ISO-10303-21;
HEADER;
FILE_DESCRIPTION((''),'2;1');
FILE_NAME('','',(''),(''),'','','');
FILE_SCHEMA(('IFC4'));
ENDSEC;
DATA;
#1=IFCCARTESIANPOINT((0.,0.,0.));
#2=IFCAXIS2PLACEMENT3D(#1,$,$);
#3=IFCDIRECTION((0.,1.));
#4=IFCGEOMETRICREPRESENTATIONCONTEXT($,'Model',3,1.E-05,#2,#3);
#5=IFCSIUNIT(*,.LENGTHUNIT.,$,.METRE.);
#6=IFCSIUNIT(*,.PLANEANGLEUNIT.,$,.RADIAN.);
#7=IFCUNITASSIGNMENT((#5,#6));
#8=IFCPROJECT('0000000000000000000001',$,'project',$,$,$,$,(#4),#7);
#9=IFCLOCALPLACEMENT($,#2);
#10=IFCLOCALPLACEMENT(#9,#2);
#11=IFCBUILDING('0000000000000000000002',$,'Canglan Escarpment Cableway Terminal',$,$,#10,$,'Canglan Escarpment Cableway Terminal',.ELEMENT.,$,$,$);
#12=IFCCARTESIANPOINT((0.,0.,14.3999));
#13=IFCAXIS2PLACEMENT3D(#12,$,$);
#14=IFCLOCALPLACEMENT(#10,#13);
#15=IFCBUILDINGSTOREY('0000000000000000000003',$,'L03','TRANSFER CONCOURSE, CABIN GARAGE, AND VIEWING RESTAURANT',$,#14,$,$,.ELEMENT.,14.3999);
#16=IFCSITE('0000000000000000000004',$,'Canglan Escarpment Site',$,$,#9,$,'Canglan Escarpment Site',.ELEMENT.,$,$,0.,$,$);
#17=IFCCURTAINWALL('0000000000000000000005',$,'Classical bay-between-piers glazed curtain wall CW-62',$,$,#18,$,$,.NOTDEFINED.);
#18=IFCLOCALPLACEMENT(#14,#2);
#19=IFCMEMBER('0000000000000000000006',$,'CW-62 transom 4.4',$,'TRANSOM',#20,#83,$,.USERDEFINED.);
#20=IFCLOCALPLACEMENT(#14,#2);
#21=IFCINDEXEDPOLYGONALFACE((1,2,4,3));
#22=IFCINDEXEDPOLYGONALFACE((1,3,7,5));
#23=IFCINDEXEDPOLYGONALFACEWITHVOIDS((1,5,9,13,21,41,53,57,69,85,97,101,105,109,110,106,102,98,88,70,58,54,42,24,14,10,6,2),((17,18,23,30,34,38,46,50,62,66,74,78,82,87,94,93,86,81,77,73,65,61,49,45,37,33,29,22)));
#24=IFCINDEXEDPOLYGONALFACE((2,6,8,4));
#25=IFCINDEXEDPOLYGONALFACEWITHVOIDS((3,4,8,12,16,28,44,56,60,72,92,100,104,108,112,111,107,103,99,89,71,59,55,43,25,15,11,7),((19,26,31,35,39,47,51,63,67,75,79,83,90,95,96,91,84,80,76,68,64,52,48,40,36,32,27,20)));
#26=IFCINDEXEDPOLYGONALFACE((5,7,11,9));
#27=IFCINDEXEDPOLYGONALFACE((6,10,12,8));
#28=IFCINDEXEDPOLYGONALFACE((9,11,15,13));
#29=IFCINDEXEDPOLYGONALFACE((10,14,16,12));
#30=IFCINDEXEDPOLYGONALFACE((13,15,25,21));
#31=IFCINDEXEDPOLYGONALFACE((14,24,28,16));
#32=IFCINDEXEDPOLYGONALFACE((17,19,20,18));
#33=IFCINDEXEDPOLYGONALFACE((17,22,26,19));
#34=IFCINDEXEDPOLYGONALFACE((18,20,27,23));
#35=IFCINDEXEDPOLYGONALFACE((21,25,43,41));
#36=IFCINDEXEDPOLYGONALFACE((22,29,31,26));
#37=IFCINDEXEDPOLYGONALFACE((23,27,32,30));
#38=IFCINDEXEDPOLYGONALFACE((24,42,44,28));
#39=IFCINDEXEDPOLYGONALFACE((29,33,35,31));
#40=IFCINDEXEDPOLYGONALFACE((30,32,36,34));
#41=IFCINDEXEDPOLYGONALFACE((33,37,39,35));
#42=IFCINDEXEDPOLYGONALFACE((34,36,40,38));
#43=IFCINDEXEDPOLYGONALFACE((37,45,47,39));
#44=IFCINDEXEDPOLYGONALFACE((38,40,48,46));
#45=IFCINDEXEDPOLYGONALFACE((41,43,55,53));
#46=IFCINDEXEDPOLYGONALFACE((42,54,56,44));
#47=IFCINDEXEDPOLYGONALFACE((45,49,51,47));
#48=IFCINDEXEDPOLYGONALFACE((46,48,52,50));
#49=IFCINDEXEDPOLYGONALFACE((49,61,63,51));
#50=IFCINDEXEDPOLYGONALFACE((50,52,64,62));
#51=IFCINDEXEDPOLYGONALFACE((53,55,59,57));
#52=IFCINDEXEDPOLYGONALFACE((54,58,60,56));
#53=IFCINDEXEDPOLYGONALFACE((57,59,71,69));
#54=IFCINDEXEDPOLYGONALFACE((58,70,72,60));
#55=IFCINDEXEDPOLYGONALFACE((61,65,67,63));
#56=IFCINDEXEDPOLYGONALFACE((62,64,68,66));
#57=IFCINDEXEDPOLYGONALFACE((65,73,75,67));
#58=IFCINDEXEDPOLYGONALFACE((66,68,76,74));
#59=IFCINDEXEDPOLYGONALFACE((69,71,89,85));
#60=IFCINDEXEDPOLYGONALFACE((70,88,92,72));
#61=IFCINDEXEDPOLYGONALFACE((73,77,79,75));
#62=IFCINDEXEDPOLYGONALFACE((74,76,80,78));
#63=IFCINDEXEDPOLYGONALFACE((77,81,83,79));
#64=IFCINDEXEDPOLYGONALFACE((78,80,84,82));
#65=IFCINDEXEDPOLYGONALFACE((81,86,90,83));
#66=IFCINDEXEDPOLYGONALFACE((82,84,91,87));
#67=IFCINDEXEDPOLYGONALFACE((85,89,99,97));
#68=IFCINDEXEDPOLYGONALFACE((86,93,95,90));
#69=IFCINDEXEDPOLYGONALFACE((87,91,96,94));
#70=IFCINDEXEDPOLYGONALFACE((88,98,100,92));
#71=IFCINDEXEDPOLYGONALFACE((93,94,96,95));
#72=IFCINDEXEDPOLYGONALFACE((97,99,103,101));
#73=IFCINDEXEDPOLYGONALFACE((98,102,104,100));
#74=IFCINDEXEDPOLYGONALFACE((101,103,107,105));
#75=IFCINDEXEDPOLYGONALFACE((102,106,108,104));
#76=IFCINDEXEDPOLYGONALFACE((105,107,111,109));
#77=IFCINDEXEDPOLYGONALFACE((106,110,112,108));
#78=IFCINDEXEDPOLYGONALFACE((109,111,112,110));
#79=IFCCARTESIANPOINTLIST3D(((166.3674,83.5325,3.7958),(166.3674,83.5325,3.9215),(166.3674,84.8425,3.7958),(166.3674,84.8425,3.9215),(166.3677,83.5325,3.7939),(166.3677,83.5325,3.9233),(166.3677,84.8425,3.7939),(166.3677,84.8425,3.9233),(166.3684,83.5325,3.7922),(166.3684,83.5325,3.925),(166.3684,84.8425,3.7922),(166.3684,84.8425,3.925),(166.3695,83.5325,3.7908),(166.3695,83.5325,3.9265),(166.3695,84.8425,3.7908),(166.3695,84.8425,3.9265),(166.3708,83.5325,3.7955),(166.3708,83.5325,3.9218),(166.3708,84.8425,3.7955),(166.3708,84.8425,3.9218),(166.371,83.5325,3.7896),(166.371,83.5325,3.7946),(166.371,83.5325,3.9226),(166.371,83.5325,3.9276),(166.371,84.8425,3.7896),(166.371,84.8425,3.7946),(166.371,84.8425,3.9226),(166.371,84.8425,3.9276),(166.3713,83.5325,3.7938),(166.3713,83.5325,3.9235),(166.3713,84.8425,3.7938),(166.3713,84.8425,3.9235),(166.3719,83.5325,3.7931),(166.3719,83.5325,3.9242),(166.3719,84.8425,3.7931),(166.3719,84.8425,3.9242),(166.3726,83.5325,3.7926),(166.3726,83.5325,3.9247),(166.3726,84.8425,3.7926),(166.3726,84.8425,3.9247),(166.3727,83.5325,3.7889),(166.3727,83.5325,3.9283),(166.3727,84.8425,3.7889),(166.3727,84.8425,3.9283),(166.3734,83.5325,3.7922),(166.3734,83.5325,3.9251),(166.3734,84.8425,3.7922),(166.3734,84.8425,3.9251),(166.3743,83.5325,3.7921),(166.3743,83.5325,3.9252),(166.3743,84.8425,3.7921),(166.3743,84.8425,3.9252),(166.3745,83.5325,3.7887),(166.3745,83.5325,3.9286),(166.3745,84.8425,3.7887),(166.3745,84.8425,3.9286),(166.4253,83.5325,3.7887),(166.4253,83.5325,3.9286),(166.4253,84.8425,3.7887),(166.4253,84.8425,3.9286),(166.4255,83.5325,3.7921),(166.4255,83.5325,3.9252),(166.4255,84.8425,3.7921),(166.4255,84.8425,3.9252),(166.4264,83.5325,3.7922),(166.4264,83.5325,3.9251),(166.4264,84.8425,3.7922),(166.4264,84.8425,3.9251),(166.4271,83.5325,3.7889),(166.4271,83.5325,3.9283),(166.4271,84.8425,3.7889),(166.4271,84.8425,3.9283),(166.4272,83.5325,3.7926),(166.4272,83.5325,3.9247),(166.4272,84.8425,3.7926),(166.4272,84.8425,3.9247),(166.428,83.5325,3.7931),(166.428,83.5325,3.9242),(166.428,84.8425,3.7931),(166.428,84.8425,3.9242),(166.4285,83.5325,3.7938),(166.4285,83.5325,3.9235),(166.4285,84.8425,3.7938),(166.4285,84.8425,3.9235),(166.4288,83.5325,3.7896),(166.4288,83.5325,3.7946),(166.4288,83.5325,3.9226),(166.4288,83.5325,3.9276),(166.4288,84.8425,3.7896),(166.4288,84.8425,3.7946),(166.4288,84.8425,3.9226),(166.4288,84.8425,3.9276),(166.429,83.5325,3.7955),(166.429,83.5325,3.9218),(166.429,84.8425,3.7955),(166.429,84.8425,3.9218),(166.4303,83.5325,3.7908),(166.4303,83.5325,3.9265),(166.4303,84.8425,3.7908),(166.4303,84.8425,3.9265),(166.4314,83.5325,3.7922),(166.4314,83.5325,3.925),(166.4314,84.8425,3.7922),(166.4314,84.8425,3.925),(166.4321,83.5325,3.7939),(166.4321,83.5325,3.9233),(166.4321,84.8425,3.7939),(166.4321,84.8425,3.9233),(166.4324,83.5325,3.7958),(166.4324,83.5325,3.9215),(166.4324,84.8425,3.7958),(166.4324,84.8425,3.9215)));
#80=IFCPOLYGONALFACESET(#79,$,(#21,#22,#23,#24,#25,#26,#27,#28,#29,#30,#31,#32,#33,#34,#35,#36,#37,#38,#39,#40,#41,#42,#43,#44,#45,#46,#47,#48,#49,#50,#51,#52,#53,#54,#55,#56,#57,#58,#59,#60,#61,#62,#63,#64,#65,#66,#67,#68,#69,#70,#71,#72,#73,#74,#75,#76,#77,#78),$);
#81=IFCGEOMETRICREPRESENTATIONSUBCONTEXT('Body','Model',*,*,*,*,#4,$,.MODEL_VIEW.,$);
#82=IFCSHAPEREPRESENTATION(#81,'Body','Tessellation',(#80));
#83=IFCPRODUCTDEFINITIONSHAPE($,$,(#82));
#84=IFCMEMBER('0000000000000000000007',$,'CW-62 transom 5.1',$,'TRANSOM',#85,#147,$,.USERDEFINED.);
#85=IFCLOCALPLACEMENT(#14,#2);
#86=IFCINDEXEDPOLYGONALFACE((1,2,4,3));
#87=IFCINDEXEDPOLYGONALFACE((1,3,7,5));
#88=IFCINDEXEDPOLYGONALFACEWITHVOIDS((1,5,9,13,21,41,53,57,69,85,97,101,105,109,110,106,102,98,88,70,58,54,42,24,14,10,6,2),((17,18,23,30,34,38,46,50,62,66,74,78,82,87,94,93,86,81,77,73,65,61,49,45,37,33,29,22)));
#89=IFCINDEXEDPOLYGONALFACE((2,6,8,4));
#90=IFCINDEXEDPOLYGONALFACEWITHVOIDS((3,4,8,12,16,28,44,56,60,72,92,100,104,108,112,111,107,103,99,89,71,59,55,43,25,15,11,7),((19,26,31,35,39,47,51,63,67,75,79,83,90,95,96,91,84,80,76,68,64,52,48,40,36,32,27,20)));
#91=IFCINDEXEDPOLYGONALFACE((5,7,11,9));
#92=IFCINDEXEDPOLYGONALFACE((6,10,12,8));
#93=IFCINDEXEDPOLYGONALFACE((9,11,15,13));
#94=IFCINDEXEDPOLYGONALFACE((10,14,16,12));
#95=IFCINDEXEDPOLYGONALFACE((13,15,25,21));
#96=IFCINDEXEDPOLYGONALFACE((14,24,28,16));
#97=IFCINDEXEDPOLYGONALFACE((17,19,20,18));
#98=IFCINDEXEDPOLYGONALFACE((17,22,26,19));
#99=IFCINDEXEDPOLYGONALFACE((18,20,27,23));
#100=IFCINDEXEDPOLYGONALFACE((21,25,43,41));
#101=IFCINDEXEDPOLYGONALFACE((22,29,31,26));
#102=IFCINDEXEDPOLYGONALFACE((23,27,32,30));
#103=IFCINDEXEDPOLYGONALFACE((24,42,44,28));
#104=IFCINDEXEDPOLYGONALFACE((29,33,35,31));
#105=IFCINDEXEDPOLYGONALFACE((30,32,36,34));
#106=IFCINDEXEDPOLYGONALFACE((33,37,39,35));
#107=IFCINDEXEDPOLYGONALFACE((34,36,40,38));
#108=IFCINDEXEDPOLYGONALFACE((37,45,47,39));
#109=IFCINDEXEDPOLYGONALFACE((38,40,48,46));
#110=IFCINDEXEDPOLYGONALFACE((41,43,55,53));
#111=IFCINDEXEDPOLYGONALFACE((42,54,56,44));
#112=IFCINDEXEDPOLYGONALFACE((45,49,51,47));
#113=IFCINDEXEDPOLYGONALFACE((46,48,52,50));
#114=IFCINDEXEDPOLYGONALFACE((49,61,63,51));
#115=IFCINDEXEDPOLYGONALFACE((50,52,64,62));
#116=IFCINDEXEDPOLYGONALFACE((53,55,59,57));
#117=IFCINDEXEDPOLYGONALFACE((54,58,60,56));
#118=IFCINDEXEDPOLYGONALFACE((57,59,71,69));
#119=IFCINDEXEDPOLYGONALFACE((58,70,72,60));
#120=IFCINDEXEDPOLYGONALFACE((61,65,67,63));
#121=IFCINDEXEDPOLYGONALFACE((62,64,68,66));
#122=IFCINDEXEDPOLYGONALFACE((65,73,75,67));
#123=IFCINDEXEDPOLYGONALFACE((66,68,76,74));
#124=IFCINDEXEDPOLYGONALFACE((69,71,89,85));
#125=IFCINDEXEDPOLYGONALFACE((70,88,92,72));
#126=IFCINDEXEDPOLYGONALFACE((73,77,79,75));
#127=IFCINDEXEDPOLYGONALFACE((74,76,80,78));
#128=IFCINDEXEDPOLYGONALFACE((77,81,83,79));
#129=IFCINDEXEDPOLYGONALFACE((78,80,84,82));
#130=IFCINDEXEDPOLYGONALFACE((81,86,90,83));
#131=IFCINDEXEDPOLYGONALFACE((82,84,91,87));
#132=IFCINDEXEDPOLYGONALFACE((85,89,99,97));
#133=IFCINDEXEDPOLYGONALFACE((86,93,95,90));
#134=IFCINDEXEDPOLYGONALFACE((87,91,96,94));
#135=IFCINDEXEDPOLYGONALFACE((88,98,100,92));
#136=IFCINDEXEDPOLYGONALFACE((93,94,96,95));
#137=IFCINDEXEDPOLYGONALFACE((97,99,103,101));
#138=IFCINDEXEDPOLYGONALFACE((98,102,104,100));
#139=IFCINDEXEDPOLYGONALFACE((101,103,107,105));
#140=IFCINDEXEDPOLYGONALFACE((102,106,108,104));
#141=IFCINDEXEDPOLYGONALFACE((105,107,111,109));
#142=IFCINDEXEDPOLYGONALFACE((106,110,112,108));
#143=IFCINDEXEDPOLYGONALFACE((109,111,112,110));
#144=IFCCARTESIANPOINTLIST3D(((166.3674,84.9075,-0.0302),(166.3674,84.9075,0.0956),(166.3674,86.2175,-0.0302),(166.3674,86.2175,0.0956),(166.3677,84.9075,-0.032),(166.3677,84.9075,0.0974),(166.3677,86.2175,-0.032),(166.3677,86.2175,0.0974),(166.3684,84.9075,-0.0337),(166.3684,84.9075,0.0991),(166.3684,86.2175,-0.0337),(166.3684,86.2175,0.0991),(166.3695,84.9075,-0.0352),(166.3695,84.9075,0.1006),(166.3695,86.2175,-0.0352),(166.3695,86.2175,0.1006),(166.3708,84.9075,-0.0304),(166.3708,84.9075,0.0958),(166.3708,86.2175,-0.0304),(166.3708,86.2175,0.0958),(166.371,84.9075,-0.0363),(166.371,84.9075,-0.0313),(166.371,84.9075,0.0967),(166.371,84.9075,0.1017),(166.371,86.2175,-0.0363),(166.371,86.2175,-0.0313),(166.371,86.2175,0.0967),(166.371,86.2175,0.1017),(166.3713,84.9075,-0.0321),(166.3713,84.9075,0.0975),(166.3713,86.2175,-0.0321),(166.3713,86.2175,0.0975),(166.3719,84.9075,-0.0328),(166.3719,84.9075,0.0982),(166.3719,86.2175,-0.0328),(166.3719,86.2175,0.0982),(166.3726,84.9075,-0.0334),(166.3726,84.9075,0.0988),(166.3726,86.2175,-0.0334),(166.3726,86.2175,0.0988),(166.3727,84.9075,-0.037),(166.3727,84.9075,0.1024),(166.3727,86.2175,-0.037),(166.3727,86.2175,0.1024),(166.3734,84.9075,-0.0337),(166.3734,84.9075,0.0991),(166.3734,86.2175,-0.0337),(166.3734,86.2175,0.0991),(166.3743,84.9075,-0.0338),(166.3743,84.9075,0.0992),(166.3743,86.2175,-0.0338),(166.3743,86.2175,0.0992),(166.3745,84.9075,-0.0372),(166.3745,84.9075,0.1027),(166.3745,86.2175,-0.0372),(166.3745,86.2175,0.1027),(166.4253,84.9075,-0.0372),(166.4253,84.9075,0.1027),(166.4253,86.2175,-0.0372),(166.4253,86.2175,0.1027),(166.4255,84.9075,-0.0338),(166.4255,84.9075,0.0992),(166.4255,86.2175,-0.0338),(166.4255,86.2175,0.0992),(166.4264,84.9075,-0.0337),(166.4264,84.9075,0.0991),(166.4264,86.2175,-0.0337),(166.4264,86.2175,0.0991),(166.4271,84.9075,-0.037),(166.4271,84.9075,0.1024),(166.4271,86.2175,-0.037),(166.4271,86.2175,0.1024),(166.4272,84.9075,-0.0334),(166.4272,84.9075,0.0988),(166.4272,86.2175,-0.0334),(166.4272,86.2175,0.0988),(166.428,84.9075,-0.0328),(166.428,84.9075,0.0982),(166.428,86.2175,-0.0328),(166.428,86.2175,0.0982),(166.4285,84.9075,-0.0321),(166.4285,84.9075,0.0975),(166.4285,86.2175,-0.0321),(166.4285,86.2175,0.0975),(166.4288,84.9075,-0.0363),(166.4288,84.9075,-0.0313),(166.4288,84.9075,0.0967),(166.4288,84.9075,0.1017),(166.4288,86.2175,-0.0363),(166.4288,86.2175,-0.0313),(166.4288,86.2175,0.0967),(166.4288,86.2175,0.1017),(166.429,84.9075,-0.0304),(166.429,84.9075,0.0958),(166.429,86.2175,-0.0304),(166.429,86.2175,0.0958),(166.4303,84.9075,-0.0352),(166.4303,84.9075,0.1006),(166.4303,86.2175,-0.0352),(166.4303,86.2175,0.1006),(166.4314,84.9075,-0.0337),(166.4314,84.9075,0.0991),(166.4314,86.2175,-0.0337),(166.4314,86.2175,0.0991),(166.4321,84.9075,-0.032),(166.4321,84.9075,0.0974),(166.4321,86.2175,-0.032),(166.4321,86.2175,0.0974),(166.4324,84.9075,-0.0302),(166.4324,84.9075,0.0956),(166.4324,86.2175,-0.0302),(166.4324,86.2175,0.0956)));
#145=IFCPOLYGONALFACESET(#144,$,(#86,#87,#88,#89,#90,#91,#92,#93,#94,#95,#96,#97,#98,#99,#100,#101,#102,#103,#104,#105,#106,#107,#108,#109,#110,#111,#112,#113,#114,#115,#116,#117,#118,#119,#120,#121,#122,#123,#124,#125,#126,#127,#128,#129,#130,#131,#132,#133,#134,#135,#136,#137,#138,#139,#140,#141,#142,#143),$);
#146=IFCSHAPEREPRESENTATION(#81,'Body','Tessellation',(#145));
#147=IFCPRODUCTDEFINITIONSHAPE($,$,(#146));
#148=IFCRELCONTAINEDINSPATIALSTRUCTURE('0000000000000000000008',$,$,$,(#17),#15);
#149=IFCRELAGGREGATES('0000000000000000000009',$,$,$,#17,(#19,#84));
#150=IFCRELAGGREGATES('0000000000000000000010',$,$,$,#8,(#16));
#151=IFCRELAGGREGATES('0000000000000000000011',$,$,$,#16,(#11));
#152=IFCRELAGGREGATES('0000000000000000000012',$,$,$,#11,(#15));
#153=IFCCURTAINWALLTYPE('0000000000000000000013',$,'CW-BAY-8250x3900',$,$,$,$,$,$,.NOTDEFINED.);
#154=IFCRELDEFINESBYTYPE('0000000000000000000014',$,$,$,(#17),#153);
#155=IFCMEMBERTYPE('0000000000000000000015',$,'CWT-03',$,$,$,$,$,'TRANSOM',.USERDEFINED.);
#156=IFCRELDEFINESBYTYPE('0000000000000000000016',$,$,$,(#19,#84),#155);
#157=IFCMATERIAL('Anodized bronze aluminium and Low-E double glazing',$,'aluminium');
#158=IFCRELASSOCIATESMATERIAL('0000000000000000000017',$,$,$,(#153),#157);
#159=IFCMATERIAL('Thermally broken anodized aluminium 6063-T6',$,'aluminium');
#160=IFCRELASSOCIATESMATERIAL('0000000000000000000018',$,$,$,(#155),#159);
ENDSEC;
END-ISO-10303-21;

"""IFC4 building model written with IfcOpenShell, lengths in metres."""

from ifc_helpers import new_model, si_unit, direction, frame, origin, origin_2d, place, context, subcontext, project, spatial, hollow_rectangle, extrude, material, material_profile, profile_set, type_object, element, aggregate, save


model = new_model("IFC4")

# Units and contexts
model_context = context("Model", 3, precision=1e-05, world=origin(), true_north=direction((0.0, 1.0)))
body_context = subcontext(model_context, "Body", "Model", "MODEL_VIEW")
ifc_project = project(units=[si_unit("LENGTHUNIT", "METRE"), si_unit("PLANEANGLEUNIT", "RADIAN")], contexts=[model_context])

# Site, building, storey
site_placement = place(None, origin())
site = spatial("IfcSite", under=ifc_project, at=site_placement, Name="Canglan Escarpment Site", LongName="Canglan Escarpment Site", CompositionType="ELEMENT", RefElevation=0.0)
building_placement = place(site_placement, origin())
building = spatial("IfcBuilding", under=site, at=building_placement, Name="Canglan Escarpment Cableway Terminal", LongName="Canglan Escarpment Cableway Terminal", CompositionType="ELEMENT")
storey_placement = place(building_placement, frame((0.0, 0.0, 14.3999)))
storey = spatial("IfcBuildingStorey", under=building, at=storey_placement, Name="L03", Description="TRANSFER CONCOURSE, CABIN GARAGE, AND VIEWING RESTAURANT", CompositionType="ELEMENT", Elevation=14.3999)

# Curtain wall, members
ifc_material_1 = material(Name="Anodized bronze aluminium and Low-E double glazing", Category="aluminium")
curtain_wall_type = type_object("IfcCurtainWallType", Name="CW-BAY-8250x3900", PredefinedType="NOTDEFINED", material=ifc_material_1)
curtain_wall_placement = place(storey_placement, origin())
curtain_wall = element("IfcCurtainWall", 1, at=curtain_wall_placement, inside=storey, type_object=curtain_wall_type, Name="Classical bay-between-piers glazed curtain wall CW-62", PredefinedType="NOTDEFINED")
ifc_material_2 = material(Name="Thermally broken anodized aluminium 6063-T6", Category="aluminium")
ifc_material_profile_1 = material_profile(ifc_material_2, hollow_rectangle(XDim=0.0649, YDim=0.1399, WallThickness=0.0034, InnerFilletRadius=0.0034, OuterFilletRadius=0.0071, at=origin_2d()), Name="ALU-TRAN 65x140x3.5")
ifc_profile_set_1 = profile_set([ifc_material_profile_1], Name="Thermally broken anodized aluminium 6063-T6")
member_type_1 = type_object("IfcMemberType", Name="CWT-03", ElementType="TRANSOM", PredefinedType="USERDEFINED", material=ifc_profile_set_1)
member_1_placement = place(storey_placement, frame((166.3999, 83.5325, 3.8586), z_axis=(0.0, 1.0, 0.0), x_axis=(-1.0, 0.0, 0.0)))
member_1 = element("IfcMember", 2, at=member_1_placement, type_object=member_type_1, Name="CW-62 transom 4.4", ObjectType="TRANSOM", PredefinedType="USERDEFINED", context=body_context, shape_type="SweptSolid", body=[
    extrude(hollow_rectangle(XDim=0.0649, YDim=0.1399, WallThickness=0.0034, InnerFilletRadius=0.0034, OuterFilletRadius=0.0071, at=origin_2d()), origin(), (0.0, 0.0, 1.0), 1.3101),
])
member_2_placement = place(storey_placement, frame((166.3999, 84.9075, 0.0327), z_axis=(0.0, 1.0, 0.0), x_axis=(-1.0, 0.0, 0.0)))
member_2 = element("IfcMember", 3, at=member_2_placement, type_object=member_type_1, Name="CW-62 transom 5.1", ObjectType="TRANSOM", PredefinedType="USERDEFINED", context=body_context, shape_type="SweptSolid", body=[
    extrude(hollow_rectangle(XDim=0.0649, YDim=0.1399, WallThickness=0.0034, InnerFilletRadius=0.0034, OuterFilletRadius=0.0071, at=origin_2d()), origin(), (0.0, 0.0, 1.0), 1.3101),
])
aggregate(curtain_wall, [member_1, member_2])

save(model, "model.ifc")
